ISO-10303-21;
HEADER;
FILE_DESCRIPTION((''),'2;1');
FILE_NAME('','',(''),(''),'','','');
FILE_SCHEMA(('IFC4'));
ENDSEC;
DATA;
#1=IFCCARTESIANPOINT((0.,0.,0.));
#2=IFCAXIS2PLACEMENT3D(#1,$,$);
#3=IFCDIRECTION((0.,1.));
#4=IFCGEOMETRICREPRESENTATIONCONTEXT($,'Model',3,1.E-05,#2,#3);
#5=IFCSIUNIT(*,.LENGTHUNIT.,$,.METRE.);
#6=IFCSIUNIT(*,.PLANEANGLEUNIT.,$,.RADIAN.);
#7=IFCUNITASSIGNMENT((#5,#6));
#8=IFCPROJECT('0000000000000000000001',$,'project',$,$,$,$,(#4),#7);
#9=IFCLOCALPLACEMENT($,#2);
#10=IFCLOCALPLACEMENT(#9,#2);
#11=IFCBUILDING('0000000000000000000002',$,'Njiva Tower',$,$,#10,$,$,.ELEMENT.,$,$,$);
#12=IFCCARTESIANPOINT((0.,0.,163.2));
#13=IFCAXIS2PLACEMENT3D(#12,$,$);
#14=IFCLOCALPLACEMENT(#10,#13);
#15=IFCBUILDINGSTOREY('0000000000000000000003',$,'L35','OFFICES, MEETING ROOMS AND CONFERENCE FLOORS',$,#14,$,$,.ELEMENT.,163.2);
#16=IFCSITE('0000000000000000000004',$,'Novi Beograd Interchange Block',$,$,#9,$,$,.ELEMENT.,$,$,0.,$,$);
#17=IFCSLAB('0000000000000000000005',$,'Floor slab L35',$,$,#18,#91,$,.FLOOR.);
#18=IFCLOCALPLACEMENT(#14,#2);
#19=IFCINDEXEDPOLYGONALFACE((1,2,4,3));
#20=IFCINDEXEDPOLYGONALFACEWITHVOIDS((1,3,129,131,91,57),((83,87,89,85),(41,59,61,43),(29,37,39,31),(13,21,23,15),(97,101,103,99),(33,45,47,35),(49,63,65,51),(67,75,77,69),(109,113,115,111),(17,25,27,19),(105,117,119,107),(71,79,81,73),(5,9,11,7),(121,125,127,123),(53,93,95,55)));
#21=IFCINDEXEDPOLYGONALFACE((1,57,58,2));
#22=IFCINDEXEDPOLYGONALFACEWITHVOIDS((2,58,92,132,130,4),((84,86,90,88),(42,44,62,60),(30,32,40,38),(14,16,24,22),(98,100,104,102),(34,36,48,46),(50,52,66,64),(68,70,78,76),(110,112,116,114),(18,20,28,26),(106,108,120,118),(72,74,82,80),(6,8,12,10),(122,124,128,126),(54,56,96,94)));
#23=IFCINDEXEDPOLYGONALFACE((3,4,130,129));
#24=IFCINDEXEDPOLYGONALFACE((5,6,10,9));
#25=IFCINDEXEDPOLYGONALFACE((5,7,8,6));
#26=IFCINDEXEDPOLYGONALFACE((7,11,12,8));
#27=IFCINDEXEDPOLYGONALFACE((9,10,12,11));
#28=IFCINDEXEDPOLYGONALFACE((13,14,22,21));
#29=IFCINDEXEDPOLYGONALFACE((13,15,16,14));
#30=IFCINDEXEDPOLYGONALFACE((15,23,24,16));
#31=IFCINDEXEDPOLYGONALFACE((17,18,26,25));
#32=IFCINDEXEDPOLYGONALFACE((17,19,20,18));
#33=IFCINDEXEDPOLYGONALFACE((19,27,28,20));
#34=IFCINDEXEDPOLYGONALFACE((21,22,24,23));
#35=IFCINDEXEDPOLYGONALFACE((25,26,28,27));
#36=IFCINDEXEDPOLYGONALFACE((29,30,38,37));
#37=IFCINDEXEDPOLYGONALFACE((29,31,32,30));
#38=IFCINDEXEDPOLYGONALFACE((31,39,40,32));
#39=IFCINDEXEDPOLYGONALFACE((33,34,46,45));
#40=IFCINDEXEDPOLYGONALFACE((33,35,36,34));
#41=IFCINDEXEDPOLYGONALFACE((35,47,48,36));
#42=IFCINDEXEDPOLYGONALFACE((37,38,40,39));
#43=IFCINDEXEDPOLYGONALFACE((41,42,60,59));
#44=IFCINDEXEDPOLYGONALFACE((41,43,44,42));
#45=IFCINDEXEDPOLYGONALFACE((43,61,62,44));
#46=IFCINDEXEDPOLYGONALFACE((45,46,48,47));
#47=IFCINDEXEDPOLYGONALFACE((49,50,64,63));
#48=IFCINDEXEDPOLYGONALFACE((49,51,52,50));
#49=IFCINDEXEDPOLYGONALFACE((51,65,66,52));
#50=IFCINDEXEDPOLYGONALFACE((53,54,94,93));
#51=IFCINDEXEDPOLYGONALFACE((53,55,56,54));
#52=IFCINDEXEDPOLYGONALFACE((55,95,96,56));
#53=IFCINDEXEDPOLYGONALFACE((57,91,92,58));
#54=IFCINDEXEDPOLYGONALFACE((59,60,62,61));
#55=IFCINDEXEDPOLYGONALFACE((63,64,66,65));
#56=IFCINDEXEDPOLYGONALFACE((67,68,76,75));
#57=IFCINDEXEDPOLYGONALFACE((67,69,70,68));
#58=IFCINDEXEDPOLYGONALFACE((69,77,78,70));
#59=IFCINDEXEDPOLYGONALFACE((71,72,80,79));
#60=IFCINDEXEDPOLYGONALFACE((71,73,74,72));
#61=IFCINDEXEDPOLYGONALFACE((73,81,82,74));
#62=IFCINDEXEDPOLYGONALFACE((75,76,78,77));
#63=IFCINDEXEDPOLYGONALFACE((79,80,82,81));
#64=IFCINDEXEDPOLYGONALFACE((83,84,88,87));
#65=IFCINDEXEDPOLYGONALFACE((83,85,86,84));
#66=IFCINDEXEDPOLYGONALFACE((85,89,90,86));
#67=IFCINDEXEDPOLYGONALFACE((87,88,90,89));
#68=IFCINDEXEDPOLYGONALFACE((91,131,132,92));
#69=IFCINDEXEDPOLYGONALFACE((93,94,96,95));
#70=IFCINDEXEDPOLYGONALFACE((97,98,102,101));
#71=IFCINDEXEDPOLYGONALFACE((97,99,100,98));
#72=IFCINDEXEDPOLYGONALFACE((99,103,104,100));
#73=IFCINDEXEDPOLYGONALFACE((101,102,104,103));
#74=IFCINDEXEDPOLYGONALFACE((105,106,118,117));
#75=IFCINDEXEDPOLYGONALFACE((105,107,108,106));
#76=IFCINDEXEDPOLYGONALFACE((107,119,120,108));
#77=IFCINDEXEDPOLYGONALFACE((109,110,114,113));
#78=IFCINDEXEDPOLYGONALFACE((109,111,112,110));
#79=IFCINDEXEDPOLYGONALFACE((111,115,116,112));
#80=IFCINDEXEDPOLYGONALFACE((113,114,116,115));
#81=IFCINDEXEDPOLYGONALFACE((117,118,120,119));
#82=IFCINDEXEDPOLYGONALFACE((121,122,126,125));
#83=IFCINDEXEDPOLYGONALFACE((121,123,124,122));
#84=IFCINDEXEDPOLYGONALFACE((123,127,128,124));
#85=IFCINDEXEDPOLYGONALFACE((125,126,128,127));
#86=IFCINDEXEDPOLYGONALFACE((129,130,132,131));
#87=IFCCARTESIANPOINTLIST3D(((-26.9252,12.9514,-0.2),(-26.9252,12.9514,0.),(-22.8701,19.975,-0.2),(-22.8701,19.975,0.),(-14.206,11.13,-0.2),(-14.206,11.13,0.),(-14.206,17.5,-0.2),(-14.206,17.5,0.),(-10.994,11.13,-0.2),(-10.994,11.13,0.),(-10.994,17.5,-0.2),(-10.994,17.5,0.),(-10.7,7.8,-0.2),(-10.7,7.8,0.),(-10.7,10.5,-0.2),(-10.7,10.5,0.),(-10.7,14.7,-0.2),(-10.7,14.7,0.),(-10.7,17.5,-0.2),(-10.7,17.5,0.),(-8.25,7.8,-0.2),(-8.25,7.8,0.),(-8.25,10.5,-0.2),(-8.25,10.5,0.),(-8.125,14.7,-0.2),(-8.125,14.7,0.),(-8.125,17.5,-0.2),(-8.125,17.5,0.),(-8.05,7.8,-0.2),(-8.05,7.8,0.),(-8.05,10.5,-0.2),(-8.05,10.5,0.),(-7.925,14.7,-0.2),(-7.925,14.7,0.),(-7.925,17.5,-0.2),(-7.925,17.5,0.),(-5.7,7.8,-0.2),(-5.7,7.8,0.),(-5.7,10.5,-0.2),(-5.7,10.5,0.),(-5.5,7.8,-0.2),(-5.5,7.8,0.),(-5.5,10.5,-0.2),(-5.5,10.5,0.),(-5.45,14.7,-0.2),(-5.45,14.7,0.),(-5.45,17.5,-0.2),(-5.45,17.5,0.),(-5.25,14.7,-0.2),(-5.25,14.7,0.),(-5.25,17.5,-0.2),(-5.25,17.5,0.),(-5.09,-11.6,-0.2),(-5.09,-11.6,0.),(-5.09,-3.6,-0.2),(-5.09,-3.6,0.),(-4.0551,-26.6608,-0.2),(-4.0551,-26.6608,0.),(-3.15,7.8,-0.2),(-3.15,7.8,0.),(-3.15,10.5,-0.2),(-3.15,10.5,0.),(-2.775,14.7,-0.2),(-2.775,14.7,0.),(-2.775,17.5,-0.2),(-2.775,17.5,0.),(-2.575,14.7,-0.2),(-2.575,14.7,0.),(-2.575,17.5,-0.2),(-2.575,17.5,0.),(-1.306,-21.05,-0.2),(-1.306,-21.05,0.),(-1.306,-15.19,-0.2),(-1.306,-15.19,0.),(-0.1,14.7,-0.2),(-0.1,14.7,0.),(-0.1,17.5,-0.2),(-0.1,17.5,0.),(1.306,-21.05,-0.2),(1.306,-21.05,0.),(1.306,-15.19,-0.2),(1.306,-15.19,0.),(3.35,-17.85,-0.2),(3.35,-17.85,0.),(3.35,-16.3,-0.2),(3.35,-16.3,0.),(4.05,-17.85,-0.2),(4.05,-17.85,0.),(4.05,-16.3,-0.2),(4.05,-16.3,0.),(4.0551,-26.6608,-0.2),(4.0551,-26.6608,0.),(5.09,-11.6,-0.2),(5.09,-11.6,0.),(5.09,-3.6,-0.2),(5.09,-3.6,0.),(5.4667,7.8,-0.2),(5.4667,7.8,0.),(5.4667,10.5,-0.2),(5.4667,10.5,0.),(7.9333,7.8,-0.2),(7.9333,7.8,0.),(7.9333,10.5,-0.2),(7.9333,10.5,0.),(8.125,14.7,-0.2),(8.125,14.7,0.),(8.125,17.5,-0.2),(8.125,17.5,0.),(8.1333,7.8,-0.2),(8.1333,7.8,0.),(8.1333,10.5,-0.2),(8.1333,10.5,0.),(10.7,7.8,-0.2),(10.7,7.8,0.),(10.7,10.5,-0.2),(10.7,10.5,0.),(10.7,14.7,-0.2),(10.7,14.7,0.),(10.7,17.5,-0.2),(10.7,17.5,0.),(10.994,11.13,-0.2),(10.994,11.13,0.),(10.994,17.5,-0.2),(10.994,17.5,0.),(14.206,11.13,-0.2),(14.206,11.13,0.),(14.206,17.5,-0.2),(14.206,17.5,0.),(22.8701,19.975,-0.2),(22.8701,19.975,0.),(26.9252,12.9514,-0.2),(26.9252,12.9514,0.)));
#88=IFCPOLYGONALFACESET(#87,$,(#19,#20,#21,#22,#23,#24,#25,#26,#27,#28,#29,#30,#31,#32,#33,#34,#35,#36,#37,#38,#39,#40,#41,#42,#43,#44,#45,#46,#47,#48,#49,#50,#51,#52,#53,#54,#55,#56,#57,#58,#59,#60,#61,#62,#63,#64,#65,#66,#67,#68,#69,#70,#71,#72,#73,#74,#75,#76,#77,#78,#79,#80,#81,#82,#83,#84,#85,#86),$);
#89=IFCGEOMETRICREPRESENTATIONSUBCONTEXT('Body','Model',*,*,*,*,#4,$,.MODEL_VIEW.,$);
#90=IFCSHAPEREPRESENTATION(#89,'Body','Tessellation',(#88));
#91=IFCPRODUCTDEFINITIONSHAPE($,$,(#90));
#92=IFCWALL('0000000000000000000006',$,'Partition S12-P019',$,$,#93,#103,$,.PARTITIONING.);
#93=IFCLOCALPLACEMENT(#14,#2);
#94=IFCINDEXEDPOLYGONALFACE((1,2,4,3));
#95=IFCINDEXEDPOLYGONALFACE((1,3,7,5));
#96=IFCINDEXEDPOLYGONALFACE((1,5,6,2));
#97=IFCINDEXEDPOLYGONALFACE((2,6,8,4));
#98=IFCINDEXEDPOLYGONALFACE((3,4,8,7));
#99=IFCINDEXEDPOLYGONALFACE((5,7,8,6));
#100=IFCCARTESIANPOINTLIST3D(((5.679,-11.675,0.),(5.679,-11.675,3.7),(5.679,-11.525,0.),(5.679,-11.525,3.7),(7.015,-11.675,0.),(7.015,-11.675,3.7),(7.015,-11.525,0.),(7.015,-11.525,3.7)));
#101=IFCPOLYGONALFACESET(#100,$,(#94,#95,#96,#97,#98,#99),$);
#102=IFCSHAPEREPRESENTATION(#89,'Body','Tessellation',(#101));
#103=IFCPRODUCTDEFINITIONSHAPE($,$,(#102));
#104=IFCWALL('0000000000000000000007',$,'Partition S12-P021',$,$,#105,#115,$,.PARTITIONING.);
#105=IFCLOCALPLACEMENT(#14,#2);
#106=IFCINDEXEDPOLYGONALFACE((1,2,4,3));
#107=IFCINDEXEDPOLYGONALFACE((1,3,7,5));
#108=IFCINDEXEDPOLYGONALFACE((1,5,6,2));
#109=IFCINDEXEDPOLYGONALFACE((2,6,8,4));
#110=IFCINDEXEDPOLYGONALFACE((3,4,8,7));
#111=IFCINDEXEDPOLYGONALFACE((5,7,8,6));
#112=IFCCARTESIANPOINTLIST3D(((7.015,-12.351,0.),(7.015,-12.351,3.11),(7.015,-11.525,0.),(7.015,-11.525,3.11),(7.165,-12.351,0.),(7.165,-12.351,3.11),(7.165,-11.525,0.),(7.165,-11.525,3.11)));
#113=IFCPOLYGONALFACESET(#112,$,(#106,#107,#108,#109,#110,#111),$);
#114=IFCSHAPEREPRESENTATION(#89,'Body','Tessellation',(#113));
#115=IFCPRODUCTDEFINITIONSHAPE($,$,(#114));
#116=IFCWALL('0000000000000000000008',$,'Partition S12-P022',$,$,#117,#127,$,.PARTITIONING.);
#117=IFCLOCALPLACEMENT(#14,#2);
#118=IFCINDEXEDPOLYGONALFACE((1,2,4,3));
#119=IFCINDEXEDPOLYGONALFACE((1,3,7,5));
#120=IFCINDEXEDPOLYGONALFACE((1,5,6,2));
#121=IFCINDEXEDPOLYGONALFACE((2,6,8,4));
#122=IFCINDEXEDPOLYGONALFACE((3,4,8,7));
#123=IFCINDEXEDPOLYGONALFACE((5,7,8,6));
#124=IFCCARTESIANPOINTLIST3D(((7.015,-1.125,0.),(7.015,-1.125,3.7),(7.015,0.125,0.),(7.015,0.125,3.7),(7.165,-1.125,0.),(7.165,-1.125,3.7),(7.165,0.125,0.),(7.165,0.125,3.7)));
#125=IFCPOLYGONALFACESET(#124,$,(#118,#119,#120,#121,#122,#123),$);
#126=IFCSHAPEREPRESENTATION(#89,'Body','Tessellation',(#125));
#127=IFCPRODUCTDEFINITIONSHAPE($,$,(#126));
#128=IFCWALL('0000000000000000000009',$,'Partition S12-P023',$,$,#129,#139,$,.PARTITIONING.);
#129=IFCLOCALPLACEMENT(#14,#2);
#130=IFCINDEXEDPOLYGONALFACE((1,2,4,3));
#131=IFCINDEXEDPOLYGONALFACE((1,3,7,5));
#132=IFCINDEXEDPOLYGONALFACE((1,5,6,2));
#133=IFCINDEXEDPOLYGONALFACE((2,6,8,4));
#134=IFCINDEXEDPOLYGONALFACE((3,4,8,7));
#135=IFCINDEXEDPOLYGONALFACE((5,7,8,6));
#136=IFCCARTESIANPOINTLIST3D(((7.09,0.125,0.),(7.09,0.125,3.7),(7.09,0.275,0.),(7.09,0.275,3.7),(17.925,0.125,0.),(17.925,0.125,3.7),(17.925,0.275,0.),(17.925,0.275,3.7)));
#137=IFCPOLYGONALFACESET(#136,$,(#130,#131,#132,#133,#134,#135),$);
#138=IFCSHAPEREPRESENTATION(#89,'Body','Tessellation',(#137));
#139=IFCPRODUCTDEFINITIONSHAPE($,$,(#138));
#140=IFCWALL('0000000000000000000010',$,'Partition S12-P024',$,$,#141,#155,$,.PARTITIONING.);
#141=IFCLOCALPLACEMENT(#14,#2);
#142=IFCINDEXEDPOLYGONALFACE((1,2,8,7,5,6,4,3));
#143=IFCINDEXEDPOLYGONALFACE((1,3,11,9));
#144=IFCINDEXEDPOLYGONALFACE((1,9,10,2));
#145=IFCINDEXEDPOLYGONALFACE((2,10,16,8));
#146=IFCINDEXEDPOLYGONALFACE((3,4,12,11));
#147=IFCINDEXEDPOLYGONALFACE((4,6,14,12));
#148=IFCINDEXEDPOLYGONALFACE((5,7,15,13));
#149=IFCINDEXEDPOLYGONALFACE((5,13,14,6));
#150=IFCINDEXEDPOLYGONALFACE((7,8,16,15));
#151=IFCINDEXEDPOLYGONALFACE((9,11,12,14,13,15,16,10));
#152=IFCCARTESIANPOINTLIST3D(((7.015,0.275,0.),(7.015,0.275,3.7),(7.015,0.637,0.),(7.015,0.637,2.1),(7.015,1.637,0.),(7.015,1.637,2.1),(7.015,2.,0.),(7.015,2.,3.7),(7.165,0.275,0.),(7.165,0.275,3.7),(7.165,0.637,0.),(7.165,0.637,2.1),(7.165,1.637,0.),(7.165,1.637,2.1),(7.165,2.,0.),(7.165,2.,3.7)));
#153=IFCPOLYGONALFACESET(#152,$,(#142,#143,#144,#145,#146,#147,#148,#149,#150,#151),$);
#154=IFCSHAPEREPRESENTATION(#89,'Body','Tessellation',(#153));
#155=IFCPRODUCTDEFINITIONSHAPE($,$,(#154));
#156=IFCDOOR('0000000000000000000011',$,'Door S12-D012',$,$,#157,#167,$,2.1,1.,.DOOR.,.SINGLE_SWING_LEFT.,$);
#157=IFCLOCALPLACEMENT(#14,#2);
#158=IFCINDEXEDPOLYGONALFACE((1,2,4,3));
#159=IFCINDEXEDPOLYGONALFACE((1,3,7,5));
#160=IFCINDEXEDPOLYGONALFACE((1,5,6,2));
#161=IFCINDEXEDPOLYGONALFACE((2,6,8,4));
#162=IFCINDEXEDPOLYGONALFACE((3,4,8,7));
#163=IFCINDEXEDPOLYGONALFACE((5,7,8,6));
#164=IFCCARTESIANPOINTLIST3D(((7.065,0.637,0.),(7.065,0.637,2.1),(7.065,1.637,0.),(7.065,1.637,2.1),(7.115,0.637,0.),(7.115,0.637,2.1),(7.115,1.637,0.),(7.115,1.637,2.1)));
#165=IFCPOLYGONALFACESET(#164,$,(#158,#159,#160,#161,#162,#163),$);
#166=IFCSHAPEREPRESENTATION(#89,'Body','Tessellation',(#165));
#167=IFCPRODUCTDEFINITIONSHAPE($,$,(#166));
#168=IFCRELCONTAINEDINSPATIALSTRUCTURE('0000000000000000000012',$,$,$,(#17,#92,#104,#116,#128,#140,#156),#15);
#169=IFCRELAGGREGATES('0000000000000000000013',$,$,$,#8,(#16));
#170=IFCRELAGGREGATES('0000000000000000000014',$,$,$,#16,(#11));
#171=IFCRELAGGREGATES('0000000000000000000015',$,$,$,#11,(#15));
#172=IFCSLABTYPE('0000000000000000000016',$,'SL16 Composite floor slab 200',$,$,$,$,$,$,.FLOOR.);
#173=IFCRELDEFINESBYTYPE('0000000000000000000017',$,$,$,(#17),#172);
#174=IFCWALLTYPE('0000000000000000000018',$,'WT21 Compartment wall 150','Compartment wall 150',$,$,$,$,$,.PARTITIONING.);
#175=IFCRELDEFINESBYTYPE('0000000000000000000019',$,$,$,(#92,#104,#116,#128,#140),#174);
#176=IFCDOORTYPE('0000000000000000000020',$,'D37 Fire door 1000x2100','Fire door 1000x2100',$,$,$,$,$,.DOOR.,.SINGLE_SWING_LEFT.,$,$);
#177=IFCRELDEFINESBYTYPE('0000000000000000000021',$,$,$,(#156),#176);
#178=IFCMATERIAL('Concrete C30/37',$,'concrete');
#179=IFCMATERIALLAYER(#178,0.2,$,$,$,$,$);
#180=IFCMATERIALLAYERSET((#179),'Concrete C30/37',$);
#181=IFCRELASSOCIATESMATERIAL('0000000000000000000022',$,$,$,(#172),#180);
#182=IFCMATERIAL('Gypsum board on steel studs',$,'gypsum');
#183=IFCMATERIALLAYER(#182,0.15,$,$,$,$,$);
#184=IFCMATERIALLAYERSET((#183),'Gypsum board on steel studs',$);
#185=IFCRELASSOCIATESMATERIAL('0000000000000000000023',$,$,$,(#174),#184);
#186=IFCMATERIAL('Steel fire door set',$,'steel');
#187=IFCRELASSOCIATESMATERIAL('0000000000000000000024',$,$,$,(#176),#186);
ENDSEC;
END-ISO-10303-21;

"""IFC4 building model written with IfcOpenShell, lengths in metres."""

from ifc_helpers import new_model, si_unit, direction, frame, frame_2d, origin, place, context, subcontext, project, spatial, polyline, rectangle, outline, extrude, material, layer, layer_set, type_object, element, fill, save


model = new_model("IFC4")

# Units and contexts
model_context = context("Model", 3, precision=1e-05, world=origin(), true_north=direction((0.0, 1.0)))
body_context = subcontext(model_context, "Body", "Model", "MODEL_VIEW")
ifc_project = project(units=[si_unit("LENGTHUNIT", "METRE"), si_unit("PLANEANGLEUNIT", "RADIAN")], contexts=[model_context])

# Site, building, storey
site_placement = place(None, origin())
site = spatial("IfcSite", under=ifc_project, at=site_placement, Name="Novi Beograd Interchange Block", CompositionType="ELEMENT", RefElevation=0.0)
building_placement = place(site_placement, origin())
building = spatial("IfcBuilding", under=site, at=building_placement, Name="Njiva Tower", CompositionType="ELEMENT")
storey_placement = place(building_placement, frame((0.0, 0.0, 163.2)))
storey = spatial("IfcBuildingStorey", under=building, at=storey_placement, Name="L35", Description="OFFICES, MEETING ROOMS AND CONFERENCE FLOORS", CompositionType="ELEMENT", Elevation=163.2)

# Slab
ifc_material_1 = material(Name="Concrete C30/37", Category="concrete")
ifc_layer_1 = layer(ifc_material_1, 0.2)
ifc_layer_set_1 = layer_set([ifc_layer_1], Name="Concrete C30/37")
slab_type_1 = type_object("IfcSlabType", Name="SL16 Composite floor slab 200", PredefinedType="FLOOR", material=ifc_layer_set_1)
slab_1_placement = place(storey_placement, frame((0.0, 0.0, -0.2)))
element("IfcSlab", 1, at=slab_1_placement, inside=storey, type_object=slab_type_1, Name="Floor slab L35", PredefinedType="FLOOR", context=body_context, shape_type="SweptSolid", body=[
    extrude(outline(polyline([(26.9252, 12.9514), (4.0551, -26.6608), (-4.0551, -26.6608), (-26.9252, 12.9514), (-22.8701, 19.975), (22.8701, 19.975), (26.9252, 12.9514)]), holes=[polyline([(10.994, 11.13), (14.206, 11.13), (14.206, 17.5), (10.994, 17.5), (10.994, 11.13)]), polyline([(8.125, 14.7), (10.7, 14.7), (10.7, 17.5), (8.125, 17.5), (8.125, 14.7)]), polyline([(8.1333, 7.8), (10.7, 7.8), (10.7, 10.5), (8.1333, 10.5), (8.1333, 7.8)]), polyline([(5.4667, 7.8), (7.9333, 7.8), (7.9333, 10.5), (5.4667, 10.5), (5.4667, 7.8)]), polyline([(5.09, -11.6), (5.09, -3.6), (-5.09, -3.6), (-5.09, -11.6), (5.09, -11.6)]), polyline([(3.35, -17.85), (4.05, -17.85), (4.05, -16.3), (3.35, -16.3), (3.35, -17.85)]), polyline([(-1.306, -21.05), (1.306, -21.05), (1.306, -15.19), (-1.306, -15.19), (-1.306, -21.05)]), polyline([(-2.575, 14.7), (-0.1, 14.7), (-0.1, 17.5), (-2.575, 17.5), (-2.575, 14.7)]), polyline([(-5.25, 14.7), (-2.775, 14.7), (-2.775, 17.5), (-5.25, 17.5), (-5.25, 14.7)]), polyline([(-5.5, 7.8), (-3.15, 7.8), (-3.15, 10.5), (-5.5, 10.5), (-5.5, 7.8)]), polyline([(-7.925, 14.7), (-5.45, 14.7), (-5.45, 17.5), (-7.925, 17.5), (-7.925, 14.7)]), polyline([(-8.05, 7.8), (-5.7, 7.8), (-5.7, 10.5), (-8.05, 10.5), (-8.05, 7.8)]), polyline([(-10.7, 14.7), (-8.125, 14.7), (-8.125, 17.5), (-10.7, 17.5), (-10.7, 14.7)]), polyline([(-8.25, 7.8), (-8.25, 10.5), (-10.7, 10.5), (-10.7, 7.8), (-8.25, 7.8)]), polyline([(-14.206, 11.13), (-10.994, 11.13), (-10.994, 17.5), (-14.206, 17.5), (-14.206, 11.13)])]), origin(), (0.0, 0.0, 1.0), 0.2),
])

# Walls
ifc_material_2 = material(Name="Gypsum board on steel studs", Category="gypsum")
ifc_layer_2 = layer(ifc_material_2, 0.15)
ifc_layer_set_2 = layer_set([ifc_layer_2], Name="Gypsum board on steel studs")
wall_type_1 = type_object("IfcWallType", Name="WT21 Compartment wall 150", Description="Compartment wall 150", PredefinedType="PARTITIONING", material=ifc_layer_set_2)
wall_1_placement = place(storey_placement, frame((5.679, -11.6, 0.0), z_axis=(0.0, 0.0, 1.0), x_axis=(1.0, 0.0, 0.0)))
element("IfcWall", 2, at=wall_1_placement, inside=storey, type_object=wall_type_1, Name="Partition S12-P019", PredefinedType="PARTITIONING", context=body_context, shape_type="SweptSolid", body=[
    extrude(rectangle(XDim=1.336, YDim=0.15, at=frame_2d((0.668, 0.0))), origin(), (0.0, 0.0, 1.0), 3.7),
])
wall_2_placement = place(storey_placement, frame((7.09, -12.351, 0.0), z_axis=(0.0, 0.0, 1.0), x_axis=(0.0, 1.0, 0.0)))
element("IfcWall", 3, at=wall_2_placement, inside=storey, type_object=wall_type_1, Name="Partition S12-P021", PredefinedType="PARTITIONING", context=body_context, shape_type="SweptSolid", body=[
    extrude(rectangle(XDim=0.826, YDim=0.15, at=frame_2d((0.413, 0.0))), origin(), (0.0, 0.0, 1.0), 3.11),
])
wall_3_placement = place(storey_placement, frame((7.09, -1.125, 0.0), z_axis=(0.0, 0.0, 1.0), x_axis=(0.0, 1.0, 0.0)))
element("IfcWall", 4, at=wall_3_placement, inside=storey, type_object=wall_type_1, Name="Partition S12-P022", PredefinedType="PARTITIONING", context=body_context, shape_type="SweptSolid", body=[
    extrude(rectangle(XDim=1.25, YDim=0.15, at=frame_2d((0.625, 0.0))), origin(), (0.0, 0.0, 1.0), 3.7),
])
wall_4_placement = place(storey_placement, frame((7.09, 0.2, 0.0), z_axis=(0.0, 0.0, 1.0), x_axis=(1.0, 0.0, 0.0)))
element("IfcWall", 5, at=wall_4_placement, inside=storey, type_object=wall_type_1, Name="Partition S12-P023", PredefinedType="PARTITIONING", context=body_context, shape_type="SweptSolid", body=[
    extrude(rectangle(XDim=10.835, YDim=0.15, at=frame_2d((5.4175, 0.0))), origin(), (0.0, 0.0, 1.0), 3.7),
])

# Wall, opening, door
wall_5_placement = place(storey_placement, frame((7.09, 0.275, 0.0), z_axis=(0.0, 0.0, 1.0), x_axis=(0.0, 1.0, 0.0)))
wall_5 = element("IfcWall", 6, at=wall_5_placement, inside=storey, type_object=wall_type_1, Name="Partition S12-P024", PredefinedType="PARTITIONING", context=body_context, shape_type="SweptSolid", body=[
    extrude(rectangle(XDim=1.725, YDim=0.15, at=frame_2d((0.8625, 0.0))), origin(), (0.0, 0.0, 1.0), 3.7),
])
opening_1_placement = place(wall_5_placement, frame((0.362, 0.0, 0.0)))
opening_1 = element("IfcOpeningElement", 7, at=opening_1_placement, cuts=wall_5, PredefinedType="OPENING", context=body_context, shape_type="SweptSolid", body=[
    extrude(rectangle(XDim=1.0, YDim=2.1, at=frame_2d((0.5, 1.05))), frame((0.0, 0.085, 0.0), z_axis=(0.0, -1.0, 0.0), x_axis=(1.0, 0.0, 0.0)), (0.0, 0.0, 1.0), 0.17),
])
ifc_material_3 = material(Name="Steel fire door set", Category="steel")
door_type = type_object("IfcDoorType", Name="D37 Fire door 1000x2100", Description="Fire door 1000x2100", OperationType="SINGLE_SWING_LEFT", PredefinedType="DOOR", material=ifc_material_3)
door_1_placement = place(opening_1_placement, origin())
door_1 = element("IfcDoor", 8, at=door_1_placement, inside=storey, type_object=door_type, Name="Door S12-D012", OperationType="SINGLE_SWING_LEFT", OverallHeight=2.1, OverallWidth=1.0, PredefinedType="DOOR", context=body_context, shape_type="SweptSolid", body=[
    extrude(rectangle(XDim=1.0, YDim=2.1, at=frame_2d((0.5, 1.05))), frame((0.0, 0.025, 0.0), z_axis=(0.0, -1.0, 0.0), x_axis=(1.0, 0.0, 0.0)), (0.0, 0.0, 1.0), 0.05),
])
fill(opening_1, door_1)

save(model, "model.ifc")
